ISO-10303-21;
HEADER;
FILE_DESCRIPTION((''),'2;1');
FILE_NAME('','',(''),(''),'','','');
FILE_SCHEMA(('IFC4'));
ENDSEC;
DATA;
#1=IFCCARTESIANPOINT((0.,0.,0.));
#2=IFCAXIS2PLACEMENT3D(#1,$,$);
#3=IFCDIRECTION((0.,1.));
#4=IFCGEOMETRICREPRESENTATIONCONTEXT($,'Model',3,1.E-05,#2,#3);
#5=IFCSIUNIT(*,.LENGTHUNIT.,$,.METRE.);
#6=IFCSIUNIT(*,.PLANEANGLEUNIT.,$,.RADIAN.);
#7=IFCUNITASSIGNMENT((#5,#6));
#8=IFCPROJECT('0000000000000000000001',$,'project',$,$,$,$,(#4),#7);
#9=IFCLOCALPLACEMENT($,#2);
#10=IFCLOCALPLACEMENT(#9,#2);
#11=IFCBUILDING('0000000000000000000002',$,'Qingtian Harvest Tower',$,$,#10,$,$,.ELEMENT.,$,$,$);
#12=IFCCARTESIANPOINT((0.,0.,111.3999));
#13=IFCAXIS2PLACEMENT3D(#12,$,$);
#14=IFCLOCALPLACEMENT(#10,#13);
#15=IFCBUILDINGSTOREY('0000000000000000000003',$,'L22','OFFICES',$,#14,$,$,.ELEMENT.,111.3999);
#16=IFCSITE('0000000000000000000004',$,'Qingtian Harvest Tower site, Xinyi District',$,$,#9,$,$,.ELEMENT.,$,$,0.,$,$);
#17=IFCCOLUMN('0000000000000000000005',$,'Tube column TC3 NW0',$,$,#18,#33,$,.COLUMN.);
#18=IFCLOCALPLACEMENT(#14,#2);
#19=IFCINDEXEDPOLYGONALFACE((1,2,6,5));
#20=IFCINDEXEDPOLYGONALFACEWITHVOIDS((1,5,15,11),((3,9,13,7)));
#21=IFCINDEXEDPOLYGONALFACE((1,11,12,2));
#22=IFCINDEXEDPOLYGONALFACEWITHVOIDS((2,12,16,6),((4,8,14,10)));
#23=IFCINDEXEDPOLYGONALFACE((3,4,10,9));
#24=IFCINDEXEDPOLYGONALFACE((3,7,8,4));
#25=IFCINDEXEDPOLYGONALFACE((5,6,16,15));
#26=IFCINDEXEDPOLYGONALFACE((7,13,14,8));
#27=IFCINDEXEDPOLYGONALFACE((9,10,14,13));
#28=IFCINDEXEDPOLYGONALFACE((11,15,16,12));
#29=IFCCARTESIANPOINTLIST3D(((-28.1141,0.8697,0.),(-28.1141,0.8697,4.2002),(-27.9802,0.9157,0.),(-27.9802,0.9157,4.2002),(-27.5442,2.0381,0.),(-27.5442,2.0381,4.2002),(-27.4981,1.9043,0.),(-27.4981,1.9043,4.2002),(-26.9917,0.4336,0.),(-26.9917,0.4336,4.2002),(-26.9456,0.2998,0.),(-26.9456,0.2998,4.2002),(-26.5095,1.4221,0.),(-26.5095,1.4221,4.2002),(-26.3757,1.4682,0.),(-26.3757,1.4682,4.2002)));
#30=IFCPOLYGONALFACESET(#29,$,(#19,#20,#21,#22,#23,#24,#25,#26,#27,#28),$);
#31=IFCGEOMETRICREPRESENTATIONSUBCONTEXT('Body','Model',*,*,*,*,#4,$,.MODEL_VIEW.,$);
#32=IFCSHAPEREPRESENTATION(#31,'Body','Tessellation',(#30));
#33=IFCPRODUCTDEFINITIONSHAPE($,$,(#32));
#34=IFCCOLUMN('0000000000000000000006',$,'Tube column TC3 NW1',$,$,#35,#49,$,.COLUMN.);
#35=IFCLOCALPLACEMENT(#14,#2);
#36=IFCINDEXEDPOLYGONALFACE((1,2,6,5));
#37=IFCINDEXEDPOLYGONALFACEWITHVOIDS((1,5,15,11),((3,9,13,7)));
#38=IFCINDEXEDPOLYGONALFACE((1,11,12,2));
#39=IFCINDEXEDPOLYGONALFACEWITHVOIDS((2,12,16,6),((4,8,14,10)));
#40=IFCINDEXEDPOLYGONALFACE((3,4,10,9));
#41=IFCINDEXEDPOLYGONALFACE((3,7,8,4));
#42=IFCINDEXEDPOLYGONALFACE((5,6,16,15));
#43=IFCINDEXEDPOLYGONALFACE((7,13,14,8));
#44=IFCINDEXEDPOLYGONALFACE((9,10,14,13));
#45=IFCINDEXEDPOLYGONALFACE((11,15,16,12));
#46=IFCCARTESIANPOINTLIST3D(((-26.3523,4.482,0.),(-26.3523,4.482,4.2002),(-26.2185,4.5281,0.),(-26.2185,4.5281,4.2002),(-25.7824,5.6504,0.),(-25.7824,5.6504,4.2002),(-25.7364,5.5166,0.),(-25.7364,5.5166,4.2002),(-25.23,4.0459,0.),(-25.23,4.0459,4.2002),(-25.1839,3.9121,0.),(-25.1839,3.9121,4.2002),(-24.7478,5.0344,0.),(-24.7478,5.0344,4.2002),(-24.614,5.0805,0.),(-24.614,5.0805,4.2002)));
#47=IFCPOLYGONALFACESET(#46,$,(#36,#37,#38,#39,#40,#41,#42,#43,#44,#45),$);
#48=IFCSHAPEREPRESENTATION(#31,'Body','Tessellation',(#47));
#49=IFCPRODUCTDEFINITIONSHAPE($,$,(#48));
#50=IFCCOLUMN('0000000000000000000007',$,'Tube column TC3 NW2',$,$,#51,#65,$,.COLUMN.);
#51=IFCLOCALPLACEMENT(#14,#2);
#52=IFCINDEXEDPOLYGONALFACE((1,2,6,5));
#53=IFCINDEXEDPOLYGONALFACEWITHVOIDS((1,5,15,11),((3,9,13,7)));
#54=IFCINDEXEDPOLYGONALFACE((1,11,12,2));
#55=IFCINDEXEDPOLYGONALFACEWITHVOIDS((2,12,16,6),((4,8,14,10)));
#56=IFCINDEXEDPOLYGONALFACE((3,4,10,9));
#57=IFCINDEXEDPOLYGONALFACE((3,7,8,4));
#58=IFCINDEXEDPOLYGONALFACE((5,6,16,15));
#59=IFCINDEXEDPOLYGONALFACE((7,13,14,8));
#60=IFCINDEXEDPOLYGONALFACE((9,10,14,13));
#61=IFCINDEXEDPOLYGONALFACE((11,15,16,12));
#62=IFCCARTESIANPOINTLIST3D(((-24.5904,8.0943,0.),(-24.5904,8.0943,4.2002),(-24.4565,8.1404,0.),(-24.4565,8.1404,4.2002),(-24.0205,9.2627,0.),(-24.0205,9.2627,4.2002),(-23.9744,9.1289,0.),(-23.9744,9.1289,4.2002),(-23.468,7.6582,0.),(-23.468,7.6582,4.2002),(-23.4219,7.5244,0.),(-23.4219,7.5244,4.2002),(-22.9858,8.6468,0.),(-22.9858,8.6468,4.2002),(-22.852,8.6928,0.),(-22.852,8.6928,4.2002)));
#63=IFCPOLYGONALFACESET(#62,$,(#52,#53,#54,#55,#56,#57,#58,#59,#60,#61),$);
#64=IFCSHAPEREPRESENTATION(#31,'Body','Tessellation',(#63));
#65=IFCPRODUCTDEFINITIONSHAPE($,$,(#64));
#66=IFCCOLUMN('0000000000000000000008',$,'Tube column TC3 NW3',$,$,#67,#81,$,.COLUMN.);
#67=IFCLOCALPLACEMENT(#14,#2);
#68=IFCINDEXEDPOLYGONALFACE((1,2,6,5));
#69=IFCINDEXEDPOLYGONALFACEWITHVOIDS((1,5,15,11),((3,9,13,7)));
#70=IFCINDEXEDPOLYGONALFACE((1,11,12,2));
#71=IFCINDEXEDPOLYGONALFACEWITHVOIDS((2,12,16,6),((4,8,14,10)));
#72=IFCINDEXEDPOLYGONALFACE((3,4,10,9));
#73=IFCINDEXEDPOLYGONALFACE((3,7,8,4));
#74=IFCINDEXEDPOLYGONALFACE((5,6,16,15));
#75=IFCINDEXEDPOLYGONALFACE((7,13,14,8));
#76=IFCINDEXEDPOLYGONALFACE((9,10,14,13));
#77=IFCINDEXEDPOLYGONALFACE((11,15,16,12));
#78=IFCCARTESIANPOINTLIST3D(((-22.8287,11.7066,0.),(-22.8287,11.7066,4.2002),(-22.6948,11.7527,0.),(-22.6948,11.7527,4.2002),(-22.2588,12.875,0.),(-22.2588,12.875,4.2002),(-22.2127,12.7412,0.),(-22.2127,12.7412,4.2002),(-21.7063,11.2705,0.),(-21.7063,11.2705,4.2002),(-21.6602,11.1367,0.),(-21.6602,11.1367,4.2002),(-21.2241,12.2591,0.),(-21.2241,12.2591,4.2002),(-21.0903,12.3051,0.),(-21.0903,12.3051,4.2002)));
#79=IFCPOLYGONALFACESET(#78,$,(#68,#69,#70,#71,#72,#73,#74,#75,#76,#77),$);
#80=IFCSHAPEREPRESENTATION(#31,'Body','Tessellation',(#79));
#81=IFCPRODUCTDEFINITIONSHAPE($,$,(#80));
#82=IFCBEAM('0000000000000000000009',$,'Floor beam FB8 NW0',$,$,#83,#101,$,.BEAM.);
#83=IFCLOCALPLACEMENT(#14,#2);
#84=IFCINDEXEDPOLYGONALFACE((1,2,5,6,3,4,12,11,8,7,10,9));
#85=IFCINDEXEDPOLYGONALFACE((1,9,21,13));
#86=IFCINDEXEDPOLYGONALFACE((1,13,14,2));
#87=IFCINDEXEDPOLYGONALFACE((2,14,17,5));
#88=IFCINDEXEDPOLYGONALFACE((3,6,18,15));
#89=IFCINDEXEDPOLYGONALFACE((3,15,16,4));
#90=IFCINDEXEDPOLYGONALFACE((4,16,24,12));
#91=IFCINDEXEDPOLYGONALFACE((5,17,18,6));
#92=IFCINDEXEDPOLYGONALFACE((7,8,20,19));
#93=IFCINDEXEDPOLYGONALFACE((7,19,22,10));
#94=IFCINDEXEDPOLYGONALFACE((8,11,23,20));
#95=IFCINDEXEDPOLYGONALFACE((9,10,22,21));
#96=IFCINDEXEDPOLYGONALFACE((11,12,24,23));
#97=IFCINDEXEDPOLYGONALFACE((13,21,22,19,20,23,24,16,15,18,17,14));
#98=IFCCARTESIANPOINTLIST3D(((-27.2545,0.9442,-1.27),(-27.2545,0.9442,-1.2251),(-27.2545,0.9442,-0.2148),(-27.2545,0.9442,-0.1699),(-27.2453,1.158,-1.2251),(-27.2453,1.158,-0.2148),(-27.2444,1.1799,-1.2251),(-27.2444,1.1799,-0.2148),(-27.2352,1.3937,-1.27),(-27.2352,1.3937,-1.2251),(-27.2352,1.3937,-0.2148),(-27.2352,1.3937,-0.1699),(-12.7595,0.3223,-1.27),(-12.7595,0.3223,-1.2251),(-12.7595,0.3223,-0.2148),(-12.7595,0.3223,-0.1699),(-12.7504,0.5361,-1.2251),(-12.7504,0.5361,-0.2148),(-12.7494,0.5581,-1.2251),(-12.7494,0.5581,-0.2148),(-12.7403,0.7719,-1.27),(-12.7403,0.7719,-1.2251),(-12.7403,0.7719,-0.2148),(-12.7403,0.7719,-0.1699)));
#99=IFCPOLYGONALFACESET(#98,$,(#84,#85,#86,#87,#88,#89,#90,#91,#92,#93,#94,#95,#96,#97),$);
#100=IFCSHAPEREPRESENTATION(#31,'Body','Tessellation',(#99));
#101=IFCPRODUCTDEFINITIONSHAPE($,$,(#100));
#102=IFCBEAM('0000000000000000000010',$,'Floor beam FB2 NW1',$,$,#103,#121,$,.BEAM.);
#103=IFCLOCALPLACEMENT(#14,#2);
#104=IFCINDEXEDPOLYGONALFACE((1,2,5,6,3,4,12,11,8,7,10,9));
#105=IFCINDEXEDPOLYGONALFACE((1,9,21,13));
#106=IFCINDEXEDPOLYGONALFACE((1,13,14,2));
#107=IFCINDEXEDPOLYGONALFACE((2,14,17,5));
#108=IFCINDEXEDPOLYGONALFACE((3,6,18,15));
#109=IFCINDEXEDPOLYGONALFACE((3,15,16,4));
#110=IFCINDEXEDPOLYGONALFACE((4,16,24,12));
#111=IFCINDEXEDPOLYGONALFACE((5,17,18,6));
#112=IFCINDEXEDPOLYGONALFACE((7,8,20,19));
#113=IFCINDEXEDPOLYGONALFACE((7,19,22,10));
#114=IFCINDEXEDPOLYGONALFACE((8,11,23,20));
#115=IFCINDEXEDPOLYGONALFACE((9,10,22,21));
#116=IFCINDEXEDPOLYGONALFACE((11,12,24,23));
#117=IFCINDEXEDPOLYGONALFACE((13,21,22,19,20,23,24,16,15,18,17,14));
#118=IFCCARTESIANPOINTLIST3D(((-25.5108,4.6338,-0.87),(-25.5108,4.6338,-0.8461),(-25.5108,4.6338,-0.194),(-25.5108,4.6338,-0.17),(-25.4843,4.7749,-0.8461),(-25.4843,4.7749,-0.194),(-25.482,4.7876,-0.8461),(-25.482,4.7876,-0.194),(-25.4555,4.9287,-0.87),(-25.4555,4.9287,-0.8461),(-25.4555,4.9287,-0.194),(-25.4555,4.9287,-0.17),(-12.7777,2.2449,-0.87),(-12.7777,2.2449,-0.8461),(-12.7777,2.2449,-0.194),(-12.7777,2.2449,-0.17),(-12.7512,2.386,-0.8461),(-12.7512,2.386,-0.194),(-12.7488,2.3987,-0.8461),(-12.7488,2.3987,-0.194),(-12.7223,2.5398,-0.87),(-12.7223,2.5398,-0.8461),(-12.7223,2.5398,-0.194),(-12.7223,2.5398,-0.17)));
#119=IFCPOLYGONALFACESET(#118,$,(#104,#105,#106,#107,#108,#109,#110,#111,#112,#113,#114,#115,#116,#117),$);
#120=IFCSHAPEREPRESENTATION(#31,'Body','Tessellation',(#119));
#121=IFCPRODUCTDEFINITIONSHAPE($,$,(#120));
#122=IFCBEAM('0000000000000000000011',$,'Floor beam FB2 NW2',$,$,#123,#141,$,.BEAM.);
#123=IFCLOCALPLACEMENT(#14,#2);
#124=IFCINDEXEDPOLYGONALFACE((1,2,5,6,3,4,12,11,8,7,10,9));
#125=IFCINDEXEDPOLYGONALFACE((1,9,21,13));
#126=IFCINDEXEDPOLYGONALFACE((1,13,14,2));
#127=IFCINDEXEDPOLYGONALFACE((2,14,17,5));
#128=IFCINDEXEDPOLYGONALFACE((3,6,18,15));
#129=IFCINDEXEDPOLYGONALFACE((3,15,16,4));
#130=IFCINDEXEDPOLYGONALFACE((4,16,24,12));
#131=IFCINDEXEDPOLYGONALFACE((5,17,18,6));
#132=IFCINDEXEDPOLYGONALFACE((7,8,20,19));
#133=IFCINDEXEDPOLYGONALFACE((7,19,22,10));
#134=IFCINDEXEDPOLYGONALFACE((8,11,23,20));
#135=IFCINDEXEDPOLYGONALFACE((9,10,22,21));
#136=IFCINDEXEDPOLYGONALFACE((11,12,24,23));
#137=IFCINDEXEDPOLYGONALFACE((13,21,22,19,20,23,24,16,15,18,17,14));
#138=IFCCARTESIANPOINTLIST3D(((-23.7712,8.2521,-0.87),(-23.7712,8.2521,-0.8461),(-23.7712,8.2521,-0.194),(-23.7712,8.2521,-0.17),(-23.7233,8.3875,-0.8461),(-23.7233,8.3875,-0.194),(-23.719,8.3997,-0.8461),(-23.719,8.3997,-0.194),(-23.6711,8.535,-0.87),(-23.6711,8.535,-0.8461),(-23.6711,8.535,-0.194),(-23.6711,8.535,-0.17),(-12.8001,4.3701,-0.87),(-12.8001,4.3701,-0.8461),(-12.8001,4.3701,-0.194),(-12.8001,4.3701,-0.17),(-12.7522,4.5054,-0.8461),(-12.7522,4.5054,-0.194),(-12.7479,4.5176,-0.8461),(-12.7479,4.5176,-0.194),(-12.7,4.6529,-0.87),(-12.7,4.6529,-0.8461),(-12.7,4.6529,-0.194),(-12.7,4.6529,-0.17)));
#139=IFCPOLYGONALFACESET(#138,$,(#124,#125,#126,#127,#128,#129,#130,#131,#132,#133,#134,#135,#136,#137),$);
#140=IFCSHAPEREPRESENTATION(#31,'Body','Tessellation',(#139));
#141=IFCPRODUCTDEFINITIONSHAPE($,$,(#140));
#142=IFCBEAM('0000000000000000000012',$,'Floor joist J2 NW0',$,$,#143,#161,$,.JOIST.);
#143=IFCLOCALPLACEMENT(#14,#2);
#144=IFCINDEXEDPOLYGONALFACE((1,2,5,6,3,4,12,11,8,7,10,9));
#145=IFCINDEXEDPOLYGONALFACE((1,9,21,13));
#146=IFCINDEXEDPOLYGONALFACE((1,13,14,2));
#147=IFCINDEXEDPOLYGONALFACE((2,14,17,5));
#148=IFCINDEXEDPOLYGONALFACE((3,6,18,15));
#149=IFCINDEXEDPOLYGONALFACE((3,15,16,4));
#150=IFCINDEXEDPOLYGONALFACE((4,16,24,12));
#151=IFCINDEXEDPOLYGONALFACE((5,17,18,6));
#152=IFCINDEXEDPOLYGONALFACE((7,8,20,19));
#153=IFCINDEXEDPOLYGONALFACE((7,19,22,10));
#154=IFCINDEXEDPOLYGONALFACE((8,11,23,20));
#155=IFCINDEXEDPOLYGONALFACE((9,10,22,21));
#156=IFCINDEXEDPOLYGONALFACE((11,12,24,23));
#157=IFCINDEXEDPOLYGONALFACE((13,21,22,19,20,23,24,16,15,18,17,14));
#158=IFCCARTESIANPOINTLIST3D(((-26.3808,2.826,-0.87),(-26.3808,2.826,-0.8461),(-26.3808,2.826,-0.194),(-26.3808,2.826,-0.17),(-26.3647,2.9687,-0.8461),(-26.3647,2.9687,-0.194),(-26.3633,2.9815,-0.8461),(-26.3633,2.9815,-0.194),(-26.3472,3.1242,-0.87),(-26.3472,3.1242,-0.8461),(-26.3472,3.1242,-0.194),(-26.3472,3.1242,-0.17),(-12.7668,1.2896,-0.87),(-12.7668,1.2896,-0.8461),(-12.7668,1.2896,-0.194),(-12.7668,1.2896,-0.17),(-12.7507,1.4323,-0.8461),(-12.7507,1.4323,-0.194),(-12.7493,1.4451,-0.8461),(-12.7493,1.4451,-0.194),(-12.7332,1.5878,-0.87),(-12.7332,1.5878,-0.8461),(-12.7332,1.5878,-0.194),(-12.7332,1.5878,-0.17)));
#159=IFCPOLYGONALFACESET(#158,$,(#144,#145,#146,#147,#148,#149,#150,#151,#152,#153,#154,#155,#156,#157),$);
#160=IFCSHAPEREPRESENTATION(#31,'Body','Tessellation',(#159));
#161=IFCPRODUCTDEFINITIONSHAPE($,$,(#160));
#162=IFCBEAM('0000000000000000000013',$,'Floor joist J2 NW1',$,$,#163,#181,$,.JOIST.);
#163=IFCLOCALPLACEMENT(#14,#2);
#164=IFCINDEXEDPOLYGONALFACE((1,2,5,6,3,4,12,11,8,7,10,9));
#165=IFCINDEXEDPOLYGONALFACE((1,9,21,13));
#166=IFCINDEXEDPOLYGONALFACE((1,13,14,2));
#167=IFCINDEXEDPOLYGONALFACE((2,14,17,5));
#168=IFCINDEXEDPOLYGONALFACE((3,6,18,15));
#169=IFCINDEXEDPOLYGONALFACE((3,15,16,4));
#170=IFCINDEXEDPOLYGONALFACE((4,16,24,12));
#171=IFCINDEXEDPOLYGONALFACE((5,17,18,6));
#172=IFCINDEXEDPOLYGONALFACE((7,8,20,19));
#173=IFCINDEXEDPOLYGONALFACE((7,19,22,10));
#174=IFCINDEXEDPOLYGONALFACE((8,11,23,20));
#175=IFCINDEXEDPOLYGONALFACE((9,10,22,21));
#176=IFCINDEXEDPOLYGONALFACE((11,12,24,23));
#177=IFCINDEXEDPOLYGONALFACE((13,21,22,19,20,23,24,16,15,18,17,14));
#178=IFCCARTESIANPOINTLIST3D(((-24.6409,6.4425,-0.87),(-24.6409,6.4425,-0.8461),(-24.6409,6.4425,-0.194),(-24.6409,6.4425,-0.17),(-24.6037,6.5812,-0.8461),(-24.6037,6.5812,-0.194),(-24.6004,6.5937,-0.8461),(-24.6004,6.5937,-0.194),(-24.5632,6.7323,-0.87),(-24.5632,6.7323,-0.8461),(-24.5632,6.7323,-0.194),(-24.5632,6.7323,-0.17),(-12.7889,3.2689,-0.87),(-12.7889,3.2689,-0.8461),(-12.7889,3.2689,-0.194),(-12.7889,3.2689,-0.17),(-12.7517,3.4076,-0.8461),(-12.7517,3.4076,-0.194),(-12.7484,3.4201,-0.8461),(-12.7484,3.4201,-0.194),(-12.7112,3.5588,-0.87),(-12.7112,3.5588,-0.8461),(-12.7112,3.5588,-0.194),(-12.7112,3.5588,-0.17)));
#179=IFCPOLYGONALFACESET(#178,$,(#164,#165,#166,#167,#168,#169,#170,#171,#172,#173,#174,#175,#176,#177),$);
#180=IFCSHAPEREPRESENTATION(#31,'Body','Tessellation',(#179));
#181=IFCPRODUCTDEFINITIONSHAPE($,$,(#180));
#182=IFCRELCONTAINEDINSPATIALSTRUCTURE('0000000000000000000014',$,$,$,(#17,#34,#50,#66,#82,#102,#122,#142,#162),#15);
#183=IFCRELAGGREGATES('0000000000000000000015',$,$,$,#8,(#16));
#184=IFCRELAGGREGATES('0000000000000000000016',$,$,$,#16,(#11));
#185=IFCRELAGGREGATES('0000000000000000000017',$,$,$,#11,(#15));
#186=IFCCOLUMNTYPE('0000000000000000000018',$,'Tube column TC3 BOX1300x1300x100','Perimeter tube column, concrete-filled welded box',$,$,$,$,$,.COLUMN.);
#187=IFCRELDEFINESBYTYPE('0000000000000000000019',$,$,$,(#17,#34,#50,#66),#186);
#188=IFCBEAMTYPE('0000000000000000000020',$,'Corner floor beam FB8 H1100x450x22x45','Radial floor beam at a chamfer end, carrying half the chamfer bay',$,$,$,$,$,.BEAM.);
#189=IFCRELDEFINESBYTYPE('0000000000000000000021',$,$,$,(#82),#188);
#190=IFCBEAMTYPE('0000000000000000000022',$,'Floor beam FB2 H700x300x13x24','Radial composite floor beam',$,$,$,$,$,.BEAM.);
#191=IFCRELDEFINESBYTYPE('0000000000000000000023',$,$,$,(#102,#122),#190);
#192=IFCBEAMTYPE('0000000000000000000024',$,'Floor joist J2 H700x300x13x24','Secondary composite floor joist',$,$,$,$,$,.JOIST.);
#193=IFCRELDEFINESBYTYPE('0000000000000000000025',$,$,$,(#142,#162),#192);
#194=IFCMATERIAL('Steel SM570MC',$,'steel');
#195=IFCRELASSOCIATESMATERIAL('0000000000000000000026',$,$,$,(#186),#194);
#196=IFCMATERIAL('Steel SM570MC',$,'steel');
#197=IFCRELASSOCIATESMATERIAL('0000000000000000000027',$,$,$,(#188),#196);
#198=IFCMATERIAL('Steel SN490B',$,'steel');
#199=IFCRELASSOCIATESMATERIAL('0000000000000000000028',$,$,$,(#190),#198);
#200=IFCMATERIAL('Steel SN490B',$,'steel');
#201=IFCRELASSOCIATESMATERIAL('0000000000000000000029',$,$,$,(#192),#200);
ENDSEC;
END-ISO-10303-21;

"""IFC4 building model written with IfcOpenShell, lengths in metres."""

from ifc_helpers import new_model, si_unit, direction, frame, origin, origin_2d, place, context, subcontext, project, spatial, hollow_rectangle, i_section, extrude, material, material_profile, profile_set, type_object, element, save


model = new_model("IFC4")

# Units and contexts
model_context = context("Model", 3, precision=1e-05, world=origin(), true_north=direction((0.0, 1.0)))
body_context = subcontext(model_context, "Body", "Model", "MODEL_VIEW")
ifc_project = project(units=[si_unit("LENGTHUNIT", "METRE"), si_unit("PLANEANGLEUNIT", "RADIAN")], contexts=[model_context])

# Site, building, storey
site_placement = place(None, origin())
site = spatial("IfcSite", under=ifc_project, at=site_placement, Name="Qingtian Harvest Tower site, Xinyi District", CompositionType="ELEMENT", RefElevation=0.0)
building_placement = place(site_placement, origin())
building = spatial("IfcBuilding", under=site, at=building_placement, Name="Qingtian Harvest Tower", CompositionType="ELEMENT")
storey_placement = place(building_placement, frame((0.0, 0.0, 111.3999)))
storey = spatial("IfcBuildingStorey", under=building, at=storey_placement, Name="L22", Description="OFFICES", CompositionType="ELEMENT", Elevation=111.3999)

# Columns
ifc_material_1 = material(Name="Steel SM570MC", Category="steel")
ifc_material_profile_1 = material_profile(ifc_material_1, hollow_rectangle(XDim=1.3, YDim=1.3, WallThickness=0.1001, at=origin_2d()), Name="BOX1300x1300x100")
ifc_profile_set_1 = profile_set([ifc_material_profile_1], Name="Steel SM570MC")
column_type = type_object("IfcColumnType", Name="Tube column TC3 BOX1300x1300x100", Description="Perimeter tube column, concrete-filled welded box", PredefinedType="COLUMN", material=ifc_profile_set_1)
for number, where, z_axis, x_axis, name in (
    (1, (-27.2449, 1.1689, 0.0), (0.0, 0.0, 1.0), (-0.438371, -0.898794, 0.0), "Tube column TC3 NW0"),
    (2, (-25.4832, 4.7812, 0.0), (0.0, 0.0, 1.0), (-0.438371, -0.898794, 0.0), "Tube column TC3 NW1"),
    (3, (-23.7212, 8.3936, 0.0), (0.0, 0.0, 1.0), (-0.438371, -0.898794, 0.0), "Tube column TC3 NW2"),
    (4, (-21.9595, 12.0059, 0.0), (0.0, 0.0, 1.0), (-0.438371, -0.898794, 0.0), "Tube column TC3 NW3"),
):
    element("IfcColumn", number, at=place(storey_placement, frame(where, z_axis=z_axis, x_axis=x_axis)), inside=storey, type_object=column_type, Name=name, PredefinedType="COLUMN", context=body_context, shape_type="SweptSolid", body=[
        extrude(hollow_rectangle(XDim=1.3, YDim=1.3, WallThickness=0.1001, at=origin_2d()), origin(), (0.0, 0.0, 1.0), 4.2002),
    ])

# Beams
ifc_material_2 = material(Name="Steel SM570MC", Category="steel")
ifc_material_profile_2 = material_profile(ifc_material_2, i_section(OverallWidth=0.45, OverallDepth=1.1001, WebThickness=0.022, FlangeThickness=0.0449, at=origin_2d()), Name="H1100x450x22x45")
ifc_profile_set_2 = profile_set([ifc_material_profile_2], Name="Steel SM570MC")
beam_type_1 = type_object("IfcBeamType", Name="Corner floor beam FB8 H1100x450x22x45", Description="Radial floor beam at a chamfer end, carrying half the chamfer bay", PredefinedType="BEAM", material=ifc_profile_set_2)
beam_1_placement = place(storey_placement, frame((-27.2449, 1.1689, -0.72), z_axis=(0.999081, -0.04286, 0.0), x_axis=(0.04286, 0.999081, 0.0)))
element("IfcBeam", 5, at=beam_1_placement, inside=storey, type_object=beam_type_1, Name="Floor beam FB8 NW0", PredefinedType="BEAM", context=body_context, shape_type="SweptSolid", body=[
    extrude(i_section(OverallWidth=0.45, OverallDepth=1.1001, WebThickness=0.022, FlangeThickness=0.0449, at=origin_2d()), origin(), (0.0, 0.0, 1.0), 14.5083),
])
ifc_material_3 = material(Name="Steel SN490B", Category="steel")
ifc_material_profile_3 = material_profile(ifc_material_3, i_section(OverallWidth=0.3, OverallDepth=0.7, WebThickness=0.0129, FlangeThickness=0.0239, at=origin_2d()), Name="H700x300x13x24")
ifc_profile_set_3 = profile_set([ifc_material_profile_3], Name="Steel SN490B")
beam_type_2 = type_object("IfcBeamType", Name="Floor beam FB2 H700x300x13x24", Description="Radial composite floor beam", PredefinedType="BEAM", material=ifc_profile_set_3)
beam_2_placement = place(storey_placement, frame((-25.4832, 4.7812, -0.52), z_axis=(0.982852, -0.184397, 0.0), x_axis=(0.184397, 0.982852, 0.0)))
element("IfcBeam", 6, at=beam_2_placement, inside=storey, type_object=beam_type_2, Name="Floor beam FB2 NW1", PredefinedType="BEAM", context=body_context, shape_type="SweptSolid", body=[
    extrude(i_section(OverallWidth=0.3, OverallDepth=0.7, WebThickness=0.0129, FlangeThickness=0.0239, at=origin_2d()), origin(), (0.0, 0.0, 1.0), 12.9553),
])
beam_3_placement = place(storey_placement, frame((-23.7212, 8.3936, -0.52), z_axis=(0.942723, -0.333576, 0.0), x_axis=(0.333576, 0.942723, 0.0)))
element("IfcBeam", 7, at=beam_3_placement, inside=storey, type_object=beam_type_2, Name="Floor beam FB2 NW2", PredefinedType="BEAM", context=body_context, shape_type="SweptSolid", body=[
    extrude(i_section(OverallWidth=0.3, OverallDepth=0.7, WebThickness=0.0129, FlangeThickness=0.0239, at=origin_2d()), origin(), (0.0, 0.0, 1.0), 11.6377),
])
ifc_material_4 = material(Name="Steel SN490B", Category="steel")
ifc_material_profile_4 = material_profile(ifc_material_4, i_section(OverallWidth=0.3, OverallDepth=0.7, WebThickness=0.0129, FlangeThickness=0.0239, at=origin_2d()), Name="H700x300x13x24")
ifc_profile_set_4 = profile_set([ifc_material_profile_4], Name="Steel SN490B")
beam_type_3 = type_object("IfcBeamType", Name="Floor joist J2 H700x300x13x24", Description="Secondary composite floor joist", PredefinedType="JOIST", material=ifc_profile_set_4)
beam_4_placement = place(storey_placement, frame((-26.364, 2.9751, -0.52), z_axis=(0.993692, -0.112141, 0.0), x_axis=(0.112141, 0.993692, 0.0)))
element("IfcBeam", 8, at=beam_4_placement, inside=storey, type_object=beam_type_3, Name="Floor joist J2 NW0", PredefinedType="JOIST", context=body_context, shape_type="SweptSolid", body=[
    extrude(i_section(OverallWidth=0.3, OverallDepth=0.7, WebThickness=0.0129, FlangeThickness=0.0239, at=origin_2d()), origin(), (0.0, 0.0, 1.0), 13.7004),
])
beam_5_placement = place(storey_placement, frame((-24.6021, 6.5874, -0.52), z_axis=(0.96597, -0.258655, 0.0), x_axis=(0.258655, 0.96597, 0.0)))
element("IfcBeam", 9, at=beam_5_placement, inside=storey, type_object=beam_type_3, Name="Floor joist J2 NW1", PredefinedType="JOIST", context=body_context, shape_type="SweptSolid", body=[
    extrude(i_section(OverallWidth=0.3, OverallDepth=0.7, WebThickness=0.0129, FlangeThickness=0.0239, at=origin_2d()), origin(), (0.0, 0.0, 1.0), 12.2695),
])

save(model, "model.ifc")
